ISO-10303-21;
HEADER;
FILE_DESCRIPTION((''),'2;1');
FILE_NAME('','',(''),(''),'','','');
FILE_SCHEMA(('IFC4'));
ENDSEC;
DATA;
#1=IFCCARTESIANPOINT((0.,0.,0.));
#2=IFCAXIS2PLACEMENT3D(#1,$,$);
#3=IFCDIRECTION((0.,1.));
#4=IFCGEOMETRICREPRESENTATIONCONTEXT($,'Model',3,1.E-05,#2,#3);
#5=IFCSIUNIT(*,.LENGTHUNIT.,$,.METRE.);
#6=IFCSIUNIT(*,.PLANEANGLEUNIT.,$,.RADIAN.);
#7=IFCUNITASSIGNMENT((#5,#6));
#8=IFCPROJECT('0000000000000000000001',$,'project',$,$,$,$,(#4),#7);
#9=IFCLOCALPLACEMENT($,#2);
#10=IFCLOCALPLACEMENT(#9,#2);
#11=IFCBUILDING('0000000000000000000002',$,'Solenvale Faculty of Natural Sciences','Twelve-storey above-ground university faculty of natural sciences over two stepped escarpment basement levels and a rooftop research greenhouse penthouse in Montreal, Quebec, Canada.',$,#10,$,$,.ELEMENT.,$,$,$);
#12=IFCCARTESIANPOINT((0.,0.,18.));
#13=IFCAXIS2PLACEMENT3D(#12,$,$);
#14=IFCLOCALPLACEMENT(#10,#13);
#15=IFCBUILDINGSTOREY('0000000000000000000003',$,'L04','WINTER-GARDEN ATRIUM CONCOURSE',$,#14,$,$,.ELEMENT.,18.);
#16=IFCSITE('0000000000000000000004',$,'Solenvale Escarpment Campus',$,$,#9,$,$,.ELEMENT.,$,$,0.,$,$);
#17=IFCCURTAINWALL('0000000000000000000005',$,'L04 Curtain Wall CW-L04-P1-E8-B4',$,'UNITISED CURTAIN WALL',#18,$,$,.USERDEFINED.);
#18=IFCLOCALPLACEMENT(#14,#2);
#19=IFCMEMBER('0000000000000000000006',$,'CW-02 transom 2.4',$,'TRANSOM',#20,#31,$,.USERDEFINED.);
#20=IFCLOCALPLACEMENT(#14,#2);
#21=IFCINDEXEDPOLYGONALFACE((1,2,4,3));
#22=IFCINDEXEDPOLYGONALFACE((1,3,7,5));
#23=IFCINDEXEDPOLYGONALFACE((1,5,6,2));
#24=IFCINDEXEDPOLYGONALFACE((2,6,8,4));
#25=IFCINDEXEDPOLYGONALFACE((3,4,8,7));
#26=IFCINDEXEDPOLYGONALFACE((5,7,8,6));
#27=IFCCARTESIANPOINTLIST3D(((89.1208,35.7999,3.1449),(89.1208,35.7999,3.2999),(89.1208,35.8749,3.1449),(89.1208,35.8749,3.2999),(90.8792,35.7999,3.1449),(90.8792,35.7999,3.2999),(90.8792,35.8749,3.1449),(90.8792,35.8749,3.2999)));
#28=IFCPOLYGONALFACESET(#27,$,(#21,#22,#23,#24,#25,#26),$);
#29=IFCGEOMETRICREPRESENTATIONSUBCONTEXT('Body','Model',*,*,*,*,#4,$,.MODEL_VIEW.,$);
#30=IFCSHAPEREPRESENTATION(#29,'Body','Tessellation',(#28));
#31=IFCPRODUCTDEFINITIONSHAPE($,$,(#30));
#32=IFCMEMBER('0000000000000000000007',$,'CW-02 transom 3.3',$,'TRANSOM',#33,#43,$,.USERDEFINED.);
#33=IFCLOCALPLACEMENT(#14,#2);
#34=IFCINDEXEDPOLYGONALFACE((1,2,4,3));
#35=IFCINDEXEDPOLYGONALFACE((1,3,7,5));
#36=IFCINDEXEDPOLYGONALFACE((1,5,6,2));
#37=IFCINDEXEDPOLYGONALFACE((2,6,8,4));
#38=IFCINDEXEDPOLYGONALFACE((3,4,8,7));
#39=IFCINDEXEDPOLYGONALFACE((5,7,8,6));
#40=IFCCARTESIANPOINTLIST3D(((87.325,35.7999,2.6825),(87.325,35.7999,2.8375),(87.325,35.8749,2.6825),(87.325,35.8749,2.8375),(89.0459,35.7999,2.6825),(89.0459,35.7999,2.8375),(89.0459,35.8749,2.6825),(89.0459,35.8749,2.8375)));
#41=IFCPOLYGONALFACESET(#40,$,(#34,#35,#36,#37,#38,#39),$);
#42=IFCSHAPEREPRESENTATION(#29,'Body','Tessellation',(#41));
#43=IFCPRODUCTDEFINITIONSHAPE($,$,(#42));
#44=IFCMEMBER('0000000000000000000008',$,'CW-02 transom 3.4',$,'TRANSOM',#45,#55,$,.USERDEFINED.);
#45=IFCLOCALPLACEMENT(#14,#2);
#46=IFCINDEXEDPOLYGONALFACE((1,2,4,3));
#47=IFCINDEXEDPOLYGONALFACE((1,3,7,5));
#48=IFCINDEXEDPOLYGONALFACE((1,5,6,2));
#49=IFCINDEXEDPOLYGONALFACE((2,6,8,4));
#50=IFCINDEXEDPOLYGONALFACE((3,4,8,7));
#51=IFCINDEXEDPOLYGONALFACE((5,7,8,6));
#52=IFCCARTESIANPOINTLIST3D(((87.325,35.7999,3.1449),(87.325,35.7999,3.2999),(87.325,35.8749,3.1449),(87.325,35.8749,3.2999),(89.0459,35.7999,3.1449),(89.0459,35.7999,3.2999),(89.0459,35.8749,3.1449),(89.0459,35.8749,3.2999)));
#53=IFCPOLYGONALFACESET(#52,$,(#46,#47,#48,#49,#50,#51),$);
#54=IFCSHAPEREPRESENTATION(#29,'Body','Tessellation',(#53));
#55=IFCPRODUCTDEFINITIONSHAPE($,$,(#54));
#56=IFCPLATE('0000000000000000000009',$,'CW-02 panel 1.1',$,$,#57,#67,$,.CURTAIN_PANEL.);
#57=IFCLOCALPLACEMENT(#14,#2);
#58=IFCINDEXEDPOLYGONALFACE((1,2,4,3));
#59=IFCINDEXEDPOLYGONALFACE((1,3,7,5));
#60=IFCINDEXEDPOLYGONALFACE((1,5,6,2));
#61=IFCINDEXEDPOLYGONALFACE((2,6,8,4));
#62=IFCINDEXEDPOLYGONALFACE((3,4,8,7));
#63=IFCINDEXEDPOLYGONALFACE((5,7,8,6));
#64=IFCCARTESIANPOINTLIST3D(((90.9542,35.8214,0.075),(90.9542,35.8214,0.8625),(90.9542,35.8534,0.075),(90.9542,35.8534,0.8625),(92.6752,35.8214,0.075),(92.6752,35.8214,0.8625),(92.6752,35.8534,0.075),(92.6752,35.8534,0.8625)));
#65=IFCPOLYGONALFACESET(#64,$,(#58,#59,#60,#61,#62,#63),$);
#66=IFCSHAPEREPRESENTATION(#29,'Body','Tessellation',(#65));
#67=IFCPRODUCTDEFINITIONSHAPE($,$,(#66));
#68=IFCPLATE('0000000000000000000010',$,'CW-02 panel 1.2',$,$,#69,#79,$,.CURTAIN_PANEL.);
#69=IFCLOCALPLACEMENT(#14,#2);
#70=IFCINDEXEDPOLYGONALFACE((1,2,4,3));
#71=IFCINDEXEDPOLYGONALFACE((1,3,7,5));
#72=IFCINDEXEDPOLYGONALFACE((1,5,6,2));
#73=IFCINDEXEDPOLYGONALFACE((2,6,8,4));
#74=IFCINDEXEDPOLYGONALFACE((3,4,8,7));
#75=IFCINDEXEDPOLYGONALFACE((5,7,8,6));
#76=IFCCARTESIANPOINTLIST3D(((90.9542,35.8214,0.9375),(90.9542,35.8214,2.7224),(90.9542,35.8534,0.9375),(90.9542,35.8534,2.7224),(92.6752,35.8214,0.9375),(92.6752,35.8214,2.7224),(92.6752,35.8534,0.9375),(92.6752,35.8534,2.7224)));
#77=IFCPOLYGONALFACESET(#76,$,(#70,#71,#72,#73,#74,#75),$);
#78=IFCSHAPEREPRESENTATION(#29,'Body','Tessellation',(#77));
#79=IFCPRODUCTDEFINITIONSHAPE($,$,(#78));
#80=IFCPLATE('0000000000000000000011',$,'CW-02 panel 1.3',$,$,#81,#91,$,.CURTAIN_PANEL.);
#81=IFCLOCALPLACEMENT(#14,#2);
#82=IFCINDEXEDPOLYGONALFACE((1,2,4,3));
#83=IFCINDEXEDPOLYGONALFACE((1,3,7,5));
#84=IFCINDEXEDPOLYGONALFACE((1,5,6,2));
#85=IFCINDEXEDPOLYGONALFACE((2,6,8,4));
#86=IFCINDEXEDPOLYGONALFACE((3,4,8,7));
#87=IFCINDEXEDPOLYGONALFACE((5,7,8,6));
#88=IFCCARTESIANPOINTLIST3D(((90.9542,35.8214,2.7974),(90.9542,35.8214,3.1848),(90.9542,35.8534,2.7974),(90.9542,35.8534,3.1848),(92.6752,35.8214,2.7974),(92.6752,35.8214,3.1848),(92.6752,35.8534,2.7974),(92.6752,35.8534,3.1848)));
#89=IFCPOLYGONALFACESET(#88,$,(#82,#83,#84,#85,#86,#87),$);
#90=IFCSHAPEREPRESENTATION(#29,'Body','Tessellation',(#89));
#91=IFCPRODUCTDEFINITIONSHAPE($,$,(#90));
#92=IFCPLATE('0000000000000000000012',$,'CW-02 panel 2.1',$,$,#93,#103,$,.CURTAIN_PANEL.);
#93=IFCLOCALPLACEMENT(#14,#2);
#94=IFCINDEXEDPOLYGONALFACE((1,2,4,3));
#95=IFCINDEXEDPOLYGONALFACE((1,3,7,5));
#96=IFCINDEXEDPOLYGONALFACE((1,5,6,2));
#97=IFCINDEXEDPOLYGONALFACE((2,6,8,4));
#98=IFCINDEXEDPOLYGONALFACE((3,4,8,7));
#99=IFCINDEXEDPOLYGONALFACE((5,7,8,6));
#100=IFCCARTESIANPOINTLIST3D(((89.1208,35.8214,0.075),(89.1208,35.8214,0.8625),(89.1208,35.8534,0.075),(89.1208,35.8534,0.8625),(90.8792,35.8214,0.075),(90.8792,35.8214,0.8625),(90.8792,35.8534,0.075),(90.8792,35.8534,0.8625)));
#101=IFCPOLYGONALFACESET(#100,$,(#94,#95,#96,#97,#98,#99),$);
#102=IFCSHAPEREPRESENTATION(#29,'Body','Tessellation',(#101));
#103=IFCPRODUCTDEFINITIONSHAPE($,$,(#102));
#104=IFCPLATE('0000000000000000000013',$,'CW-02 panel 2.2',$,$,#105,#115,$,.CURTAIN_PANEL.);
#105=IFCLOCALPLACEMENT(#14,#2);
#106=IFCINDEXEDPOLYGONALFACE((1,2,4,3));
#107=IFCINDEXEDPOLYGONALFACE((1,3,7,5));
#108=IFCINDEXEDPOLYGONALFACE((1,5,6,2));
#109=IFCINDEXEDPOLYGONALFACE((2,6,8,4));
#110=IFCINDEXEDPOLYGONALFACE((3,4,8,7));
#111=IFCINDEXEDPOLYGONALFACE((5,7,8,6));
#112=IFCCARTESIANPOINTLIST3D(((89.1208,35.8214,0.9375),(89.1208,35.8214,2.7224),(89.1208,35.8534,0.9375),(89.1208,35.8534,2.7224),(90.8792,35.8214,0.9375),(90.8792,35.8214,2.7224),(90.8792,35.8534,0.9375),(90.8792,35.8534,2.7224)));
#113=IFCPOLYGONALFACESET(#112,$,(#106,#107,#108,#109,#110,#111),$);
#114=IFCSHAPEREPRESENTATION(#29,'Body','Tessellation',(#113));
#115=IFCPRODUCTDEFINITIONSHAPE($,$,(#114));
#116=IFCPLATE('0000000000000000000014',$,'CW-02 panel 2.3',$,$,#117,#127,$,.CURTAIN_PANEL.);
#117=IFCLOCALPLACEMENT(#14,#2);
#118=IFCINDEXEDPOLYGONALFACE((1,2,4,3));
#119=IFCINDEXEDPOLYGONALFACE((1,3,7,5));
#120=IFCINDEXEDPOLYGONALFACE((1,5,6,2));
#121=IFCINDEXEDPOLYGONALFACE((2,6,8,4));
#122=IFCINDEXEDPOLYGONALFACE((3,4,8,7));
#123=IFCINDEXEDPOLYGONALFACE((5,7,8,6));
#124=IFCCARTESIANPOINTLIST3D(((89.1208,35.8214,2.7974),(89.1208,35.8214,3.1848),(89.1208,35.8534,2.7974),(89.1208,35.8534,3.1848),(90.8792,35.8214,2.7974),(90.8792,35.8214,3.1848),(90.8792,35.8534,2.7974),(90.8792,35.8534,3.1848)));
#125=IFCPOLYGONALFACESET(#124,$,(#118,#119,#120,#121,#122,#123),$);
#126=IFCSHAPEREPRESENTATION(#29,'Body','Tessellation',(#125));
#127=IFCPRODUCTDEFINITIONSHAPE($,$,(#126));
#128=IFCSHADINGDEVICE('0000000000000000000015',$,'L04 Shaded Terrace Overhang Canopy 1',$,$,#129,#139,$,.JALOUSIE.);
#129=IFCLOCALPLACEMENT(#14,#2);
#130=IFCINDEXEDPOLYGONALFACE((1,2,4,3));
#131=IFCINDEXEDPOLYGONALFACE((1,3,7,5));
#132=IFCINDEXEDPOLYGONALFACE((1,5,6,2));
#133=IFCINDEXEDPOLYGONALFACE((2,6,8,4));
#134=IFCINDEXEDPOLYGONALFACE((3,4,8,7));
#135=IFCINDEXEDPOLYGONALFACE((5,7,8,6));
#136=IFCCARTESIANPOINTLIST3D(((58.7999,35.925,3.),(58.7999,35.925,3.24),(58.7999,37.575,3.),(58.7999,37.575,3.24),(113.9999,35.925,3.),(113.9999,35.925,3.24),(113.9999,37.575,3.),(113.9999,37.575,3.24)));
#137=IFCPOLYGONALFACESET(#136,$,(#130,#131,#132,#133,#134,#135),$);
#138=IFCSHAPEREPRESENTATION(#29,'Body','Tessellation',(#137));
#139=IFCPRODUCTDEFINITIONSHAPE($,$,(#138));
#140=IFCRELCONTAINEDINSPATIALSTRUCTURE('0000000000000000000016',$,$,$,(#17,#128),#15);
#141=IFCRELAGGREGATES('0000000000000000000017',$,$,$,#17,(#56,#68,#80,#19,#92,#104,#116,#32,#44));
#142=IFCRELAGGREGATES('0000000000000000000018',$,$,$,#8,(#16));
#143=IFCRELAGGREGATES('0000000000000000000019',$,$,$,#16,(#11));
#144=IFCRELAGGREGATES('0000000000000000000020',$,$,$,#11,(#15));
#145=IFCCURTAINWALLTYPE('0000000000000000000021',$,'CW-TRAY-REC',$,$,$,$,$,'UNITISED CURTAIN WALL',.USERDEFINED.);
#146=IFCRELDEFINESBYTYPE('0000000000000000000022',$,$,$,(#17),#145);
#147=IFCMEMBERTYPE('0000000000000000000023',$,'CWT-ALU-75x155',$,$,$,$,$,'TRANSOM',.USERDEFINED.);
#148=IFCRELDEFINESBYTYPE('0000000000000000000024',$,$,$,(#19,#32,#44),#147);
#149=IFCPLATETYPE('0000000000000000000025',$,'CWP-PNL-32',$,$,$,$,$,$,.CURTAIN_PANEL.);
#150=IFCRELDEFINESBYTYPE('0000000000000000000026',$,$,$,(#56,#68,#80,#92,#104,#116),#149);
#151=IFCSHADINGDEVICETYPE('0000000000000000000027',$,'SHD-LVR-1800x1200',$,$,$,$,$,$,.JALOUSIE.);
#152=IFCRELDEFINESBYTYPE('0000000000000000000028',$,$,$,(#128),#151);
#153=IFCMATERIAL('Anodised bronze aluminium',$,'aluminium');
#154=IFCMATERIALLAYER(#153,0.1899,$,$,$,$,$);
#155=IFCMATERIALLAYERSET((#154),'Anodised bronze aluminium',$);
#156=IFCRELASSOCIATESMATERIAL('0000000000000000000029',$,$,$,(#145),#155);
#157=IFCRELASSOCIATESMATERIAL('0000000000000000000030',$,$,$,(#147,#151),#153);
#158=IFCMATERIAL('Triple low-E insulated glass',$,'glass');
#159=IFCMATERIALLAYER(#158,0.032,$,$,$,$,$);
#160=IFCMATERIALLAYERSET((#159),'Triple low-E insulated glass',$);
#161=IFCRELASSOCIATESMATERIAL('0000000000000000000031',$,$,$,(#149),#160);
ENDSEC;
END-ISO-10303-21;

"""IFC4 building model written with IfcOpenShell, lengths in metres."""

from ifc_helpers import new_model, si_unit, direction, frame, origin, origin_2d, place, context, subcontext, project, spatial, rectangle, extrude, material, layer, layer_set, material_profile, profile_set, type_object, element, aggregate, save


model = new_model("IFC4")

# Units and contexts
model_context = context("Model", 3, precision=1e-05, world=origin(), true_north=direction((0.0, 1.0)))
body_context = subcontext(model_context, "Body", "Model", "MODEL_VIEW")
ifc_project = project(units=[si_unit("LENGTHUNIT", "METRE"), si_unit("PLANEANGLEUNIT", "RADIAN")], contexts=[model_context])

# Site, building, storey
site_placement = place(None, origin())
site = spatial("IfcSite", under=ifc_project, at=site_placement, Name="Solenvale Escarpment Campus", CompositionType="ELEMENT", RefElevation=0.0)
building_placement = place(site_placement, origin())
building = spatial("IfcBuilding", under=site, at=building_placement, Name="Solenvale Faculty of Natural Sciences", Description="Twelve-storey above-ground university faculty of natural sciences over two stepped escarpment basement levels and a rooftop research greenhouse penthouse in Montreal, Quebec, Canada.", CompositionType="ELEMENT")
storey_placement = place(building_placement, frame((0.0, 0.0, 18.0)))
storey = spatial("IfcBuildingStorey", under=building, at=storey_placement, Name="L04", Description="WINTER-GARDEN ATRIUM CONCOURSE", CompositionType="ELEMENT", Elevation=18.0)

# Curtain wall, members, plates
ifc_material_1 = material(Name="Anodised bronze aluminium", Category="aluminium")
ifc_layer_1 = layer(ifc_material_1, 0.1899)
ifc_layer_set_1 = layer_set([ifc_layer_1], Name="Anodised bronze aluminium")
curtain_wall_type = type_object("IfcCurtainWallType", Name="CW-TRAY-REC", ElementType="UNITISED CURTAIN WALL", PredefinedType="USERDEFINED", material=ifc_layer_set_1)
curtain_wall_placement = place(storey_placement, origin())
curtain_wall = element("IfcCurtainWall", 1, at=curtain_wall_placement, inside=storey, type_object=curtain_wall_type, Name="L04 Curtain Wall CW-L04-P1-E8-B4", ObjectType="UNITISED CURTAIN WALL", PredefinedType="USERDEFINED")
ifc_material_profile_1 = material_profile(ifc_material_1, rectangle(XDim=0.075, YDim=0.155, at=origin_2d()), Name="ALU-TRN-75x155")
ifc_profile_set_1 = profile_set([ifc_material_profile_1], Name="Anodised bronze aluminium")
member_type_1 = type_object("IfcMemberType", Name="CWT-ALU-75x155", ElementType="TRANSOM", PredefinedType="USERDEFINED", material=ifc_profile_set_1)
member_1_placement = place(storey_placement, frame((90.8792, 35.8374, 3.2224), z_axis=(-1.0, 0.0, 0.0), x_axis=(0.0, -1.0, 0.0)))
member_1 = element("IfcMember", 2, at=member_1_placement, type_object=member_type_1, Name="CW-02 transom 2.4", ObjectType="TRANSOM", PredefinedType="USERDEFINED", context=body_context, shape_type="SweptSolid", body=[
    extrude(rectangle(XDim=0.075, YDim=0.155, at=origin_2d()), origin(), (0.0, 0.0, 1.0), 1.7583),
])
member_2_placement = place(storey_placement, frame((89.0459, 35.8374, 2.76), z_axis=(-1.0, 0.0, 0.0), x_axis=(0.0, -1.0, 0.0)))
member_2 = element("IfcMember", 3, at=member_2_placement, type_object=member_type_1, Name="CW-02 transom 3.3", ObjectType="TRANSOM", PredefinedType="USERDEFINED", context=body_context, shape_type="SweptSolid", body=[
    extrude(rectangle(XDim=0.075, YDim=0.155, at=origin_2d()), origin(), (0.0, 0.0, 1.0), 1.7209),
])
member_3_placement = place(storey_placement, frame((89.0459, 35.8374, 3.2224), z_axis=(-1.0, 0.0, 0.0), x_axis=(0.0, -1.0, 0.0)))
member_3 = element("IfcMember", 4, at=member_3_placement, type_object=member_type_1, Name="CW-02 transom 3.4", ObjectType="TRANSOM", PredefinedType="USERDEFINED", context=body_context, shape_type="SweptSolid", body=[
    extrude(rectangle(XDim=0.075, YDim=0.155, at=origin_2d()), origin(), (0.0, 0.0, 1.0), 1.7209),
])
ifc_material_2 = material(Name="Triple low-E insulated glass", Category="glass")
ifc_layer_2 = layer(ifc_material_2, 0.032)
ifc_layer_set_2 = layer_set([ifc_layer_2], Name="Triple low-E insulated glass")
plate_type = type_object("IfcPlateType", Name="CWP-PNL-32", PredefinedType="CURTAIN_PANEL", material=ifc_layer_set_2)
plate_1_placement = place(storey_placement, frame((91.8147, 35.8374, 0.075), z_axis=(0.0, 0.0, 1.0), x_axis=(-1.0, 0.0, 0.0)))
plate_1 = element("IfcPlate", 5, at=plate_1_placement, type_object=plate_type, Name="CW-02 panel 1.1", PredefinedType="CURTAIN_PANEL", context=body_context, shape_type="SweptSolid", body=[
    extrude(rectangle(XDim=1.7209, YDim=0.032, at=origin_2d()), origin(), (0.0, 0.0, 1.0), 0.7876),
])
plate_2_placement = place(storey_placement, frame((91.8147, 35.8374, 0.9375), z_axis=(0.0, 0.0, 1.0), x_axis=(-1.0, 0.0, 0.0)))
plate_2 = element("IfcPlate", 6, at=plate_2_placement, type_object=plate_type, Name="CW-02 panel 1.2", PredefinedType="CURTAIN_PANEL", context=body_context, shape_type="SweptSolid", body=[
    extrude(rectangle(XDim=1.7209, YDim=0.032, at=origin_2d()), origin(), (0.0, 0.0, 1.0), 1.7849),
])
plate_3_placement = place(storey_placement, frame((91.8147, 35.8374, 2.7974), z_axis=(0.0, 0.0, 1.0), x_axis=(-1.0, 0.0, 0.0)))
plate_3 = element("IfcPlate", 7, at=plate_3_placement, type_object=plate_type, Name="CW-02 panel 1.3", PredefinedType="CURTAIN_PANEL", context=body_context, shape_type="SweptSolid", body=[
    extrude(rectangle(XDim=1.7209, YDim=0.032, at=origin_2d()), origin(), (0.0, 0.0, 1.0), 0.3875),
])
plate_4_placement = place(storey_placement, frame((90.0, 35.8374, 0.075), z_axis=(0.0, 0.0, 1.0), x_axis=(-1.0, 0.0, 0.0)))
plate_4 = element("IfcPlate", 8, at=plate_4_placement, type_object=plate_type, Name="CW-02 panel 2.1", PredefinedType="CURTAIN_PANEL", context=body_context, shape_type="SweptSolid", body=[
    extrude(rectangle(XDim=1.7583, YDim=0.032, at=origin_2d()), origin(), (0.0, 0.0, 1.0), 0.7876),
])
plate_5_placement = place(storey_placement, frame((90.0, 35.8374, 0.9375), z_axis=(0.0, 0.0, 1.0), x_axis=(-1.0, 0.0, 0.0)))
plate_5 = element("IfcPlate", 9, at=plate_5_placement, type_object=plate_type, Name="CW-02 panel 2.2", PredefinedType="CURTAIN_PANEL", context=body_context, shape_type="SweptSolid", body=[
    extrude(rectangle(XDim=1.7583, YDim=0.032, at=origin_2d()), origin(), (0.0, 0.0, 1.0), 1.7849),
])
plate_6_placement = place(storey_placement, frame((90.0, 35.8374, 2.7974), z_axis=(0.0, 0.0, 1.0), x_axis=(-1.0, 0.0, 0.0)))
plate_6 = element("IfcPlate", 10, at=plate_6_placement, type_object=plate_type, Name="CW-02 panel 2.3", PredefinedType="CURTAIN_PANEL", context=body_context, shape_type="SweptSolid", body=[
    extrude(rectangle(XDim=1.7583, YDim=0.032, at=origin_2d()), origin(), (0.0, 0.0, 1.0), 0.3875),
])
aggregate(curtain_wall, [plate_1, plate_2, plate_3, member_1, plate_4, plate_5, plate_6, member_2, member_3])

# Shading device
shading_device_type = type_object("IfcShadingDeviceType", Name="SHD-LVR-1800x1200", PredefinedType="JALOUSIE", material=ifc_material_1)
shading_device_placement = place(storey_placement, frame((86.3999, 36.75, 3.0), z_axis=(0.0, 0.0, 1.0), x_axis=(1.0, 0.0, 0.0)))
element("IfcShadingDevice", 11, at=shading_device_placement, inside=storey, type_object=shading_device_type, Name="L04 Shaded Terrace Overhang Canopy 1", PredefinedType="JALOUSIE", context=body_context, shape_type="SweptSolid", body=[
    extrude(rectangle(XDim=55.2, YDim=1.6499, at=origin_2d()), origin(), (0.0, 0.0, 1.0), 0.24),
])

save(model, "model.ifc")
